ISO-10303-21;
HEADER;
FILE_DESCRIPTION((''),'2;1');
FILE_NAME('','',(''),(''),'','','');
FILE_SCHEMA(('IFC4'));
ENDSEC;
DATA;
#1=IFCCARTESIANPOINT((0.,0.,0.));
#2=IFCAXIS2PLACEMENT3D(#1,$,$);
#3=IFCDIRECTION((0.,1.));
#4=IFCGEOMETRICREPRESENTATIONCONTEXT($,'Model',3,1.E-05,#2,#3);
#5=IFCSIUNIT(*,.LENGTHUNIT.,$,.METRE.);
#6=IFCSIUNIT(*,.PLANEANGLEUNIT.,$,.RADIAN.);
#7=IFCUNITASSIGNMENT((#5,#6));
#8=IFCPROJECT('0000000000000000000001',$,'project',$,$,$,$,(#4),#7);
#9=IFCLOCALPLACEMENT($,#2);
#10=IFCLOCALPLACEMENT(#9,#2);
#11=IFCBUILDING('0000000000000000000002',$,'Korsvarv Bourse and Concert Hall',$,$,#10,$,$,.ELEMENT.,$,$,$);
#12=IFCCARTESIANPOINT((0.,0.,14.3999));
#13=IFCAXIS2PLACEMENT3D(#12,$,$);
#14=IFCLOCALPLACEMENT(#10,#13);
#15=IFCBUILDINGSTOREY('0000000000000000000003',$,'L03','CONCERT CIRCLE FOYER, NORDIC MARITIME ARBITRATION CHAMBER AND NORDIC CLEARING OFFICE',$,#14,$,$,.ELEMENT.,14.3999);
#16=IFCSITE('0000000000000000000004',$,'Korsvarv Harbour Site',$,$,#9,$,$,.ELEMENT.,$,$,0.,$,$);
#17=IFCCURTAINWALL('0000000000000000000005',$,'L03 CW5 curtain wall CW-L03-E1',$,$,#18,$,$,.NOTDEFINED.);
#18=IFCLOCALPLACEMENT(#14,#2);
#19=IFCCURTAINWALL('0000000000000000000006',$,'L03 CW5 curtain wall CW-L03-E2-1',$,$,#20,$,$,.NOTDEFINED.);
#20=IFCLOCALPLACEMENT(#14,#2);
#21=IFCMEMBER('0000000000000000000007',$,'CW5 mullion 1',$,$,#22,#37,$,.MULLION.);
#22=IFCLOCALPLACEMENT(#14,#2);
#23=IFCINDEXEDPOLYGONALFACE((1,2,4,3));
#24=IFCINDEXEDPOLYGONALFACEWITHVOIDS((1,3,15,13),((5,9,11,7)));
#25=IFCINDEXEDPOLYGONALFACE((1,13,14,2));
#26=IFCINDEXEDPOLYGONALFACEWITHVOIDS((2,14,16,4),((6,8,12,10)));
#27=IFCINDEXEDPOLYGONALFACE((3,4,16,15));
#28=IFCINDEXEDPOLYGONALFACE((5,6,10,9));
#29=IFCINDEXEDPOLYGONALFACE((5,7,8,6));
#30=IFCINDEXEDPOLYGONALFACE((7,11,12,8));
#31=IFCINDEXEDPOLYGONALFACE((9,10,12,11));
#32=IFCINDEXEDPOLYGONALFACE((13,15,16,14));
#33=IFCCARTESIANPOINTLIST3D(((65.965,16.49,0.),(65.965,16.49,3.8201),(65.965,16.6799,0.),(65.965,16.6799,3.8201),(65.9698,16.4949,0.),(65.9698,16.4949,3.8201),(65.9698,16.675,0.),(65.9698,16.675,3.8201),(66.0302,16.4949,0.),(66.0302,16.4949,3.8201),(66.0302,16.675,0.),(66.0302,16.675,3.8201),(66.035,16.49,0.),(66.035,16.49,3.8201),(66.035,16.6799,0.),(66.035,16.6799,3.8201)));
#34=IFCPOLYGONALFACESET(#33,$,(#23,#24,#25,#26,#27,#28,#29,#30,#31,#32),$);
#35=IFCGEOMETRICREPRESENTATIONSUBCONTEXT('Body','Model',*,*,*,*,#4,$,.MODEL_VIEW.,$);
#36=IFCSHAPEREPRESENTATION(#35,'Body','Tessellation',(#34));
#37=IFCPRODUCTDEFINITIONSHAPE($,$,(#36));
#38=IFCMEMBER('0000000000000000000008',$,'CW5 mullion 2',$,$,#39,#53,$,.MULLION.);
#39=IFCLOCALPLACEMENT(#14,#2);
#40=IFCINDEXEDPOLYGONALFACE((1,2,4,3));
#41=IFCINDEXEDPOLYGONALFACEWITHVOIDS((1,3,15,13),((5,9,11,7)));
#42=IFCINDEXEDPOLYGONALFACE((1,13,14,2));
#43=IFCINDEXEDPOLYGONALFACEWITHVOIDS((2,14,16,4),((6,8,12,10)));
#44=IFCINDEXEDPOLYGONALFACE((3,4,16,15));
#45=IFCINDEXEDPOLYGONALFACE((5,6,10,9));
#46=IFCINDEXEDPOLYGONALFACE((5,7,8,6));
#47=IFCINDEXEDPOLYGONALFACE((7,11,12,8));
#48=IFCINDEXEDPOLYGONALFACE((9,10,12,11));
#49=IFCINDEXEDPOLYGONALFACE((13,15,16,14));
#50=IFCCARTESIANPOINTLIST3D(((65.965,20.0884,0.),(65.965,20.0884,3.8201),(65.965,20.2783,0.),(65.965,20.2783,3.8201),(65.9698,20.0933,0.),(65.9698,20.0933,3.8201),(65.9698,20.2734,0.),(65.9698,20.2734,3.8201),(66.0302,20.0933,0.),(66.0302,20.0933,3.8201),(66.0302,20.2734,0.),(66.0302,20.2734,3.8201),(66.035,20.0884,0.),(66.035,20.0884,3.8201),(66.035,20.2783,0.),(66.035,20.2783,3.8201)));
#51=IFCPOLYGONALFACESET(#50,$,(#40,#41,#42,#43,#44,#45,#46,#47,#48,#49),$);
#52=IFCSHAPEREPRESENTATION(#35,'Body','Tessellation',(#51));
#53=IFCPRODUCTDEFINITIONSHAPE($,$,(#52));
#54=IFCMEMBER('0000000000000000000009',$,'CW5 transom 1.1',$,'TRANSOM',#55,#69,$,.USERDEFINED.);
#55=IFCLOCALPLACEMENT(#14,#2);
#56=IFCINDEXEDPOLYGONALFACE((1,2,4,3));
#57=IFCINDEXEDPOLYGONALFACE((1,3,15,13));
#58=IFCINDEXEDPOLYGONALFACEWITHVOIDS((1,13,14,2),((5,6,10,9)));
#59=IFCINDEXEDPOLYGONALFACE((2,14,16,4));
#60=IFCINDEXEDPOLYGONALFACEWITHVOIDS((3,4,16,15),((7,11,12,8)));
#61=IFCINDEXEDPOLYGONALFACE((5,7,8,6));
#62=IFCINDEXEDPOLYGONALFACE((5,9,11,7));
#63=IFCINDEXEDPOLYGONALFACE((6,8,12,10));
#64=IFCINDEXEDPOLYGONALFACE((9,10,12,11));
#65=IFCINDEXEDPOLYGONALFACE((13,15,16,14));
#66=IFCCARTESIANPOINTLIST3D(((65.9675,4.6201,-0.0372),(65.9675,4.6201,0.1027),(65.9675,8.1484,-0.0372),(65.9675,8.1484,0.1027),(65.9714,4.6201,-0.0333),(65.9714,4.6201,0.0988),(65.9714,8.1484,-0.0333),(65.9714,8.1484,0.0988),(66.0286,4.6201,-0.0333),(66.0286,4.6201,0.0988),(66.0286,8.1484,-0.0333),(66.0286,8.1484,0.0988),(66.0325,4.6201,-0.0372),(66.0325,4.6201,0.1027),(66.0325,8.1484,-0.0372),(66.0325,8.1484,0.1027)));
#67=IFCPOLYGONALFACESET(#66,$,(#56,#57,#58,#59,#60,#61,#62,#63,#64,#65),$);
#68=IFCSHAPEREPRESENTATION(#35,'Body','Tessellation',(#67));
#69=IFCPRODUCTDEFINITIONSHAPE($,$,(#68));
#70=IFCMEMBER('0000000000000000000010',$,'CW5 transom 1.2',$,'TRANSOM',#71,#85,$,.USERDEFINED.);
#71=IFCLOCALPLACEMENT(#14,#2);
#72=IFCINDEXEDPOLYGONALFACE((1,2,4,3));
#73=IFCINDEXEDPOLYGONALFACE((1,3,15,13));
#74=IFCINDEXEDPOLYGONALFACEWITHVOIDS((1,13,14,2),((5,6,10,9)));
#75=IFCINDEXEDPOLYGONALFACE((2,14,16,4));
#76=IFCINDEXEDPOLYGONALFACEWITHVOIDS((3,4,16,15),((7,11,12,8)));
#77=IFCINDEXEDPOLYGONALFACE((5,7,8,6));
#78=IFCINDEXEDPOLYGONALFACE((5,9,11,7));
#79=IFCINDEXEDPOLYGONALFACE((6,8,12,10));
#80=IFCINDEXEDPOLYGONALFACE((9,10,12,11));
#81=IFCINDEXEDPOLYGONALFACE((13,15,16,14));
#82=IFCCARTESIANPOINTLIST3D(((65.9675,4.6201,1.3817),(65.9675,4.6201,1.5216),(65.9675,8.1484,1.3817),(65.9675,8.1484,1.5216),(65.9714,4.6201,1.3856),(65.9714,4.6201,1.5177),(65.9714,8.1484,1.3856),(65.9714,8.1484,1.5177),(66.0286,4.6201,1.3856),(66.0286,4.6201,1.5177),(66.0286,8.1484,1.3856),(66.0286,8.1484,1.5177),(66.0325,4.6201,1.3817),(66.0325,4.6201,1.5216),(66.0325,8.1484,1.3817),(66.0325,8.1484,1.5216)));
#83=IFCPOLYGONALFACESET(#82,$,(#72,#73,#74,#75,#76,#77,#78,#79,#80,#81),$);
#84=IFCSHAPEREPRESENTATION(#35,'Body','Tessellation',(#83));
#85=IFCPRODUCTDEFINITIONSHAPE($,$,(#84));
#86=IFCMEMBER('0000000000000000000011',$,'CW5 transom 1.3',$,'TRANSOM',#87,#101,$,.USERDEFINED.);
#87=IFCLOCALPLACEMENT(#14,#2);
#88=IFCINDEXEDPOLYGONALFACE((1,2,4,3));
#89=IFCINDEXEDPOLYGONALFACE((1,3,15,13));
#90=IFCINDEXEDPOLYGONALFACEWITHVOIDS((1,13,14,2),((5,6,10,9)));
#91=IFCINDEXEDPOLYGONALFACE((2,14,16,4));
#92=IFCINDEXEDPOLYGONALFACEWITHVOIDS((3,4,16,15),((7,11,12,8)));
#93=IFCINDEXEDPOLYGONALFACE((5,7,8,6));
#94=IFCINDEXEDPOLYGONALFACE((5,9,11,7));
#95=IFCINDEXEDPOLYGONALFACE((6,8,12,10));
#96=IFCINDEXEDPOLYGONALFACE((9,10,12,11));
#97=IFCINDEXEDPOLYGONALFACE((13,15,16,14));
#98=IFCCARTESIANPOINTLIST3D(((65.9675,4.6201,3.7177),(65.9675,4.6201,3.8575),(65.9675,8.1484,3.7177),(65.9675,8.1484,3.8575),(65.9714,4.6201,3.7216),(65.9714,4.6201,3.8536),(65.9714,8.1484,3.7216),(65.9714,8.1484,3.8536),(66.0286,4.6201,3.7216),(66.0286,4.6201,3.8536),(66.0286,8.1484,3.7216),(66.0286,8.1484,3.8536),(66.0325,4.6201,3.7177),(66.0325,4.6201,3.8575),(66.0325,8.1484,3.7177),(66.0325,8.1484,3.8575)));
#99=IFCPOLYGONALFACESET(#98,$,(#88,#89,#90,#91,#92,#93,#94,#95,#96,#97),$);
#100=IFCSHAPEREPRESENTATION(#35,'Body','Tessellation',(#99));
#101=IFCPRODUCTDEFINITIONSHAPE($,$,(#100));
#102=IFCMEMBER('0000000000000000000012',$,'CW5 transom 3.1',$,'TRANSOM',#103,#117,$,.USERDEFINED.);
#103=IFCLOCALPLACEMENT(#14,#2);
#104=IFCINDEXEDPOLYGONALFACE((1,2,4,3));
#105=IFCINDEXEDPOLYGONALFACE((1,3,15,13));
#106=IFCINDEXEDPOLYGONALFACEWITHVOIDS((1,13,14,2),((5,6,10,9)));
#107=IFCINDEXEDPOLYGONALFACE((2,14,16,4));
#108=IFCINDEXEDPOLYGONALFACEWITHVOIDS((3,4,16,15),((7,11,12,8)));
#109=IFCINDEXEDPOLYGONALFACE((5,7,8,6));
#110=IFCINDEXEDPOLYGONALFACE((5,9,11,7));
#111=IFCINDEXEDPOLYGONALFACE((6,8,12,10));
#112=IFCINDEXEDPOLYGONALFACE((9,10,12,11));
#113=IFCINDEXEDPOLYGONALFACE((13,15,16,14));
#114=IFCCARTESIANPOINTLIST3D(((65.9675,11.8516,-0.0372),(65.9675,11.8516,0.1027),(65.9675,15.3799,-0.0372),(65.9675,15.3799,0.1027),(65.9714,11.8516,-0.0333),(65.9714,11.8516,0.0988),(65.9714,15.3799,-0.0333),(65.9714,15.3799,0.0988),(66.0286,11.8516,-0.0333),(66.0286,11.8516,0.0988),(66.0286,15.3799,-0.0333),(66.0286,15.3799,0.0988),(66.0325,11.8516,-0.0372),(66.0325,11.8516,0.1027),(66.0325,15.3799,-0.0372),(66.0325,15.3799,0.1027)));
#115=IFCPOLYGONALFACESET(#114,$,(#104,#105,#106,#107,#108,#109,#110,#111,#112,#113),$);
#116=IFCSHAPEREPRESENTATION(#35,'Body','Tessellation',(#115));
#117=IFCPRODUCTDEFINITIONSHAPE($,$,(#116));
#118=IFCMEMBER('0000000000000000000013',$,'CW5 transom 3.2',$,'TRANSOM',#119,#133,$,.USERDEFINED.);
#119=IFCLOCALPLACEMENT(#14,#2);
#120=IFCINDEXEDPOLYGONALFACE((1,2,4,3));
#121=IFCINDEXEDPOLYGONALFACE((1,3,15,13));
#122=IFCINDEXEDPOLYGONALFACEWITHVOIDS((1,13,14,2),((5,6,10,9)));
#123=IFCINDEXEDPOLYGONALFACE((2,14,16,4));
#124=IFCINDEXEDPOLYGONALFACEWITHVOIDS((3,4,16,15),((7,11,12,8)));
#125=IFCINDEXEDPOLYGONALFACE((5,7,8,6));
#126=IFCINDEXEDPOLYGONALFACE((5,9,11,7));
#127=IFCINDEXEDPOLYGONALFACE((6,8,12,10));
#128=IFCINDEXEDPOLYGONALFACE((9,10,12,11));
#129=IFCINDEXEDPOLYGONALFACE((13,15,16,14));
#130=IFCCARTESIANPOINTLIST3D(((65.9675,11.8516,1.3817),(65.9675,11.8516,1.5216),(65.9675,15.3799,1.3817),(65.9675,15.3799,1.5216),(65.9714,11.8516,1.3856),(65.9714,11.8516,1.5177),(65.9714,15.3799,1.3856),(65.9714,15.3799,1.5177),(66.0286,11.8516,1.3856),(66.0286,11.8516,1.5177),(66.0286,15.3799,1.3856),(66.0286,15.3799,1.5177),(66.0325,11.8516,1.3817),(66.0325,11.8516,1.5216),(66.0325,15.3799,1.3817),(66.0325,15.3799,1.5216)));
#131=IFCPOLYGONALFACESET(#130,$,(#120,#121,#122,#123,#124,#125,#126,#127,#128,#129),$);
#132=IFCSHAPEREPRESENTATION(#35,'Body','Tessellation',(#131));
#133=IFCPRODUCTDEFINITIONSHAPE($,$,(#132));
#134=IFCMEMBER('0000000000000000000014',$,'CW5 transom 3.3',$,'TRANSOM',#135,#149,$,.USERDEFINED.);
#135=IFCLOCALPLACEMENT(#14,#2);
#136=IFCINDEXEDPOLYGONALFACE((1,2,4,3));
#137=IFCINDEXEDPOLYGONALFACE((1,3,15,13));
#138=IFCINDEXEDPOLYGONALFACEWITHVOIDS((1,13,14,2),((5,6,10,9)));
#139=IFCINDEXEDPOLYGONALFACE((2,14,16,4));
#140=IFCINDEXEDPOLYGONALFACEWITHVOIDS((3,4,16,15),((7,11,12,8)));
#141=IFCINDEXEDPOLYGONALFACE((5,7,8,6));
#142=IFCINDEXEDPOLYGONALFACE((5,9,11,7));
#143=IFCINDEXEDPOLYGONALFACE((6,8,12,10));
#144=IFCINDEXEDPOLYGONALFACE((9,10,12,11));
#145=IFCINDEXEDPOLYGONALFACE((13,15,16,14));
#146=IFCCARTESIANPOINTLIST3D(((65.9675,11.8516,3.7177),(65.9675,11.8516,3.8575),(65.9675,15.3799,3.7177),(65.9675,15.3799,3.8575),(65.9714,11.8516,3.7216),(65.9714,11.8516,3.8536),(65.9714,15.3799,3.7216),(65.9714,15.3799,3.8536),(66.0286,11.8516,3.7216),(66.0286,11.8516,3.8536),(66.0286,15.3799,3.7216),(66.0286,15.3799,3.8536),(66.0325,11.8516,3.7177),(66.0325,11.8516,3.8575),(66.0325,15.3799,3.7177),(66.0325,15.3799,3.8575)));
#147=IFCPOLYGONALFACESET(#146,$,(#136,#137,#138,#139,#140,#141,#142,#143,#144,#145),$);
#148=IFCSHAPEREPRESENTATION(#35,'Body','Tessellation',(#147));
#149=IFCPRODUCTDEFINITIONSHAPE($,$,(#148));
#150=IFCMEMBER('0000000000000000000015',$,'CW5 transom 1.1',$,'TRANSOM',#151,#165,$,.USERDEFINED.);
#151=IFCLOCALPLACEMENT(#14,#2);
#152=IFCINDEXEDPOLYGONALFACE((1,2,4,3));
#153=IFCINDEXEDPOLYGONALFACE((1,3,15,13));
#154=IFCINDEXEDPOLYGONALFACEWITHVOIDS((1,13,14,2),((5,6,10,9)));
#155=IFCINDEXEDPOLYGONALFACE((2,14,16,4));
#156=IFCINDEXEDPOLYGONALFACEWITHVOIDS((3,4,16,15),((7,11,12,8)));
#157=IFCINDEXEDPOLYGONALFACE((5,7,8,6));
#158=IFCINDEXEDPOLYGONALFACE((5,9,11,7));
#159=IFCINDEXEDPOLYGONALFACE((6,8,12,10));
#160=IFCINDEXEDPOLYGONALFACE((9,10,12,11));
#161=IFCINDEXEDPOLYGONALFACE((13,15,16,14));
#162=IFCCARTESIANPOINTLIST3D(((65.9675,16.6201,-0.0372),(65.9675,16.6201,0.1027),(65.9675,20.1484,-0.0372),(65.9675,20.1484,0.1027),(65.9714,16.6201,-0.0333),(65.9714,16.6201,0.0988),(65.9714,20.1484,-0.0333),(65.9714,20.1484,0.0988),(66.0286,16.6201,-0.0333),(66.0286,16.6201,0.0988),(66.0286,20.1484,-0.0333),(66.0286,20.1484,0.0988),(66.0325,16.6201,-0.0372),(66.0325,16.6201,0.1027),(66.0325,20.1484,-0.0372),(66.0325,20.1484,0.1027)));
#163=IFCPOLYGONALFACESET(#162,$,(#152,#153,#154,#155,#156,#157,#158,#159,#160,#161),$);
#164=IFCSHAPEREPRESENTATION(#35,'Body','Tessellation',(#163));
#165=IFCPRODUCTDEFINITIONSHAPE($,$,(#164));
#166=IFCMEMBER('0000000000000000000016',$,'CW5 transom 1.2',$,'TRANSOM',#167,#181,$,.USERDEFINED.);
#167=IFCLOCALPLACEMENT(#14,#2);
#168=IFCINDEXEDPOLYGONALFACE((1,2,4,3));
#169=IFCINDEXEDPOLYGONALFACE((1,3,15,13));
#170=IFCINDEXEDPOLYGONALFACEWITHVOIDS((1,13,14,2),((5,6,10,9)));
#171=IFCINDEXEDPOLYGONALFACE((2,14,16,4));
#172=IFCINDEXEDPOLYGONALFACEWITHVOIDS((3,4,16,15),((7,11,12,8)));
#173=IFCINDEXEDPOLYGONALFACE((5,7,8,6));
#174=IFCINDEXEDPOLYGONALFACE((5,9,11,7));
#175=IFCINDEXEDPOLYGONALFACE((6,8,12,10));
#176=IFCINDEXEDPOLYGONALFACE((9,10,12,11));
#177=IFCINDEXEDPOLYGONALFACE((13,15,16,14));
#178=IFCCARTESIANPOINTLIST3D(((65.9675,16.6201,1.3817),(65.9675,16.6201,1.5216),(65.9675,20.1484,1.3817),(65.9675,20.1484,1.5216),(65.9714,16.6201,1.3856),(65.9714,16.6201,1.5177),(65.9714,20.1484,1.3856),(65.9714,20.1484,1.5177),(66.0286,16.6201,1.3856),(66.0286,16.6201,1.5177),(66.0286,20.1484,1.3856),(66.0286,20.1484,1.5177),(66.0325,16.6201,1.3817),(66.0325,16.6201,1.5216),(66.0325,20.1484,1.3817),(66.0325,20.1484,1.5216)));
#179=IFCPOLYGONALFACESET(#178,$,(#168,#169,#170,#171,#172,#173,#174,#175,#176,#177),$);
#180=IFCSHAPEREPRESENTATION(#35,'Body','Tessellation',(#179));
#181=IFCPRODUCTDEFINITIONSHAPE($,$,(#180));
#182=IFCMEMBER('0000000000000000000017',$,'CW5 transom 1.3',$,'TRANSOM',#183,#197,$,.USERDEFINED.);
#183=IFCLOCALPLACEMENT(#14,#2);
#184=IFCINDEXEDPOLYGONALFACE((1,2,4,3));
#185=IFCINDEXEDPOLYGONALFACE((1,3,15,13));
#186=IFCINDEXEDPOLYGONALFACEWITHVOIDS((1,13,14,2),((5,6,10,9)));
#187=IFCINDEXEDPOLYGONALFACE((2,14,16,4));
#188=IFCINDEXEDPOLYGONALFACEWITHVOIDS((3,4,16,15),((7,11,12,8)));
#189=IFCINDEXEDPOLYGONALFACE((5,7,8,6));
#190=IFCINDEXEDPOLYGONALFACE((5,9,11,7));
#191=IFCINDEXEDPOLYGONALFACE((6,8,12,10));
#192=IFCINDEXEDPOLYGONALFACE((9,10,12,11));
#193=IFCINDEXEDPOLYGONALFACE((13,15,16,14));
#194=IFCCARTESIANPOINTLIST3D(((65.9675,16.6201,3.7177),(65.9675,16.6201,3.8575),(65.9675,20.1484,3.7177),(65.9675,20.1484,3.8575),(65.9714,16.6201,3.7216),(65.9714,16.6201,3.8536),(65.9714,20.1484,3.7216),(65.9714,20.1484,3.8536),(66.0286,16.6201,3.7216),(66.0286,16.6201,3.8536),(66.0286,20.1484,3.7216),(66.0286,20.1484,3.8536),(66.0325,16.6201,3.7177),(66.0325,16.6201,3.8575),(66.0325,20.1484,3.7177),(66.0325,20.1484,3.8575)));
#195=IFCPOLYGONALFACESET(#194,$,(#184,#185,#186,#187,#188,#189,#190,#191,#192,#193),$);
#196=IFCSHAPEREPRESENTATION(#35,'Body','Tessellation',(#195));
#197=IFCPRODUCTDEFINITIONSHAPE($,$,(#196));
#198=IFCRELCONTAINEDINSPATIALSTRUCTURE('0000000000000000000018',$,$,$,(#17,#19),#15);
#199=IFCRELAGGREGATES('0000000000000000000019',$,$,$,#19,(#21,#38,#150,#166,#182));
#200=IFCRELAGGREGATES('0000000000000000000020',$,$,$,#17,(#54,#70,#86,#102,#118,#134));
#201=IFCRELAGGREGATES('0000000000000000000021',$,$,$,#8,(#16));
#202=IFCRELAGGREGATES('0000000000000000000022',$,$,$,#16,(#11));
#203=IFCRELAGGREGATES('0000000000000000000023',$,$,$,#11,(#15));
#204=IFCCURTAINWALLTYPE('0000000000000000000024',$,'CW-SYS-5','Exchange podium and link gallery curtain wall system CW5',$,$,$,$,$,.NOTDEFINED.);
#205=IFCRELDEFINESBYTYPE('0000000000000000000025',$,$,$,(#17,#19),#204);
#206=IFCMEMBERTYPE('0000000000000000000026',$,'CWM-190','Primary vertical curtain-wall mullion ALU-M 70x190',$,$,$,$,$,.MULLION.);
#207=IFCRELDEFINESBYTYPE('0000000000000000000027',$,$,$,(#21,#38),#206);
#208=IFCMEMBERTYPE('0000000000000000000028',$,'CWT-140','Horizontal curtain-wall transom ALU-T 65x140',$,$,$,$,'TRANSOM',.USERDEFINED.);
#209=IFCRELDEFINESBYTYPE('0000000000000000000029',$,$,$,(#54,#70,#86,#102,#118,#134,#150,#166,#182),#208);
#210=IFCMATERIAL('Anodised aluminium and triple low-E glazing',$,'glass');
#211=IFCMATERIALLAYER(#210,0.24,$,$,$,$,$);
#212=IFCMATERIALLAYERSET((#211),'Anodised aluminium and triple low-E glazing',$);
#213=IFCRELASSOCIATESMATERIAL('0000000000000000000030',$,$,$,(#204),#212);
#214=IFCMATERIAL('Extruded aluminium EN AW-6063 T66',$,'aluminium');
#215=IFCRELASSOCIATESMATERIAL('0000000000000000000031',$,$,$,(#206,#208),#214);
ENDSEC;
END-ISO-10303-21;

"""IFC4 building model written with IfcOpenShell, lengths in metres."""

from ifc_helpers import new_model, si_unit, direction, frame, origin, origin_2d, place, context, subcontext, project, spatial, hollow_rectangle, extrude, source, transform, mapped, material, layer, layer_set, material_profile, profile_set, type_object, element, aggregate, save


model = new_model("IFC4")

# Units and contexts
model_context = context("Model", 3, precision=1e-05, world=origin(), true_north=direction((0.0, 1.0)))
body_context = subcontext(model_context, "Body", "Model", "MODEL_VIEW")
ifc_project = project(units=[si_unit("LENGTHUNIT", "METRE"), si_unit("PLANEANGLEUNIT", "RADIAN")], contexts=[model_context])

# Site, building, storey
site_placement = place(None, origin())
site = spatial("IfcSite", under=ifc_project, at=site_placement, Name="Korsvarv Harbour Site", CompositionType="ELEMENT", RefElevation=0.0)
building_placement = place(site_placement, origin())
building = spatial("IfcBuilding", under=site, at=building_placement, Name="Korsvarv Bourse and Concert Hall", CompositionType="ELEMENT")
storey_placement = place(building_placement, frame((0.0, 0.0, 14.3999)))
storey = spatial("IfcBuildingStorey", under=building, at=storey_placement, Name="L03", Description="CONCERT CIRCLE FOYER, NORDIC MARITIME ARBITRATION CHAMBER AND NORDIC CLEARING OFFICE", CompositionType="ELEMENT", Elevation=14.3999)

# Curtain walls, members
ifc_material_1 = material(Name="Anodised aluminium and triple low-E glazing", Category="glass")
ifc_layer_1 = layer(ifc_material_1, 0.24)
ifc_layer_set_1 = layer_set([ifc_layer_1], Name="Anodised aluminium and triple low-E glazing")
curtain_wall_type = type_object("IfcCurtainWallType", Name="CW-SYS-5", Description="Exchange podium and link gallery curtain wall system CW5", PredefinedType="NOTDEFINED", material=ifc_layer_set_1)
curtain_wall_1_placement = place(storey_placement, origin())
curtain_wall_1 = element("IfcCurtainWall", 1, at=curtain_wall_1_placement, inside=storey, type_object=curtain_wall_type, Name="L03 CW5 curtain wall CW-L03-E1", PredefinedType="NOTDEFINED")
ifc_material_2 = material(Name="Extruded aluminium EN AW-6063 T66", Category="aluminium")
ifc_material_profile_1 = material_profile(ifc_material_2, hollow_rectangle(XDim=0.0701, YDim=0.1899, WallThickness=0.0049, at=origin_2d()), Name="ALU-M 70x190")
ifc_profile_set_1 = profile_set([ifc_material_profile_1], Name="Extruded aluminium EN AW-6063 T66")
member_type_1 = type_object("IfcMemberType", Name="CWM-190", Description="Primary vertical curtain-wall mullion ALU-M 70x190", PredefinedType="MULLION", material=ifc_profile_set_1)
shared_shape_1 = source(origin(), body_context, "Body", "SweptSolid", [
    extrude(hollow_rectangle(XDim=0.0701, YDim=0.1899, WallThickness=0.0049, at=origin_2d()), origin(), (0.0, 0.0, 1.0), 3.8201),
])
curtain_wall_2_placement = place(storey_placement, origin())
curtain_wall_2 = element("IfcCurtainWall", 2, at=curtain_wall_2_placement, inside=storey, type_object=curtain_wall_type, Name="L03 CW5 curtain wall CW-L03-E2-1", PredefinedType="NOTDEFINED")
member_1_placement = place(storey_placement, frame((66.0, 16.585, 0.0), z_axis=(0.0, 0.0, 1.0), x_axis=(-1.0, 0.0, 0.0)))
member_1 = element("IfcMember", 3, at=member_1_placement, type_object=member_type_1, Name="CW5 mullion 1", PredefinedType="MULLION", context=body_context, shape_type="MappedRepresentation", body=[
    mapped(shared_shape_1, transform((0.0, 0.0, 0.0), scale=1.0)),
])
member_2_placement = place(storey_placement, frame((66.0, 20.1833, 0.0), z_axis=(0.0, 0.0, 1.0), x_axis=(-1.0, 0.0, 0.0)))
member_2 = element("IfcMember", 4, at=member_2_placement, type_object=member_type_1, Name="CW5 mullion 2", PredefinedType="MULLION", context=body_context, shape_type="MappedRepresentation", body=[
    mapped(shared_shape_1, transform((0.0, 0.0, 0.0), scale=1.0)),
])

# Members
ifc_material_profile_2 = material_profile(ifc_material_2, hollow_rectangle(XDim=0.0649, YDim=0.1399, WallThickness=0.0039, at=origin_2d()), Name="ALU-T 65x140")
ifc_profile_set_2 = profile_set([ifc_material_profile_2], Name="Extruded aluminium EN AW-6063 T66")
member_type_2 = type_object("IfcMemberType", Name="CWT-140", Description="Horizontal curtain-wall transom ALU-T 65x140", ElementType="TRANSOM", PredefinedType="USERDEFINED", material=ifc_profile_set_2)
shared_shape_2 = source(origin(), body_context, "Body", "SweptSolid", [
    extrude(hollow_rectangle(XDim=0.0649, YDim=0.1399, WallThickness=0.0039, at=origin_2d()), origin(), (0.0, 0.0, 1.0), 3.5283),
])
member_3_placement = place(storey_placement, frame((66.0, 4.6201, 0.0327), z_axis=(0.0, 1.0, 0.0), x_axis=(-1.0, 0.0, 0.0)))
member_3 = element("IfcMember", 5, at=member_3_placement, type_object=member_type_2, Name="CW5 transom 1.1", ObjectType="TRANSOM", PredefinedType="USERDEFINED", context=body_context, shape_type="MappedRepresentation", body=[
    mapped(shared_shape_2, transform((0.0, 0.0, 0.0), scale=1.0)),
])
member_4_placement = place(storey_placement, frame((66.0, 4.6201, 1.4517), z_axis=(0.0, 1.0, 0.0), x_axis=(-1.0, 0.0, 0.0)))
member_4 = element("IfcMember", 6, at=member_4_placement, type_object=member_type_2, Name="CW5 transom 1.2", ObjectType="TRANSOM", PredefinedType="USERDEFINED", context=body_context, shape_type="MappedRepresentation", body=[
    mapped(shared_shape_2, transform((0.0, 0.0, 0.0), scale=1.0)),
])
member_5_placement = place(storey_placement, frame((66.0, 4.6201, 3.7876), z_axis=(0.0, 1.0, 0.0), x_axis=(-1.0, 0.0, 0.0)))
member_5 = element("IfcMember", 7, at=member_5_placement, type_object=member_type_2, Name="CW5 transom 1.3", ObjectType="TRANSOM", PredefinedType="USERDEFINED", context=body_context, shape_type="MappedRepresentation", body=[
    mapped(shared_shape_2, transform((0.0, 0.0, 0.0), scale=1.0)),
])
member_6_placement = place(storey_placement, frame((66.0, 11.8516, 0.0327), z_axis=(0.0, 1.0, 0.0), x_axis=(-1.0, 0.0, 0.0)))
member_6 = element("IfcMember", 8, at=member_6_placement, type_object=member_type_2, Name="CW5 transom 3.1", ObjectType="TRANSOM", PredefinedType="USERDEFINED", context=body_context, shape_type="MappedRepresentation", body=[
    mapped(shared_shape_2, transform((0.0, 0.0, 0.0), scale=1.0)),
])
member_7_placement = place(storey_placement, frame((66.0, 11.8516, 1.4517), z_axis=(0.0, 1.0, 0.0), x_axis=(-1.0, 0.0, 0.0)))
member_7 = element("IfcMember", 9, at=member_7_placement, type_object=member_type_2, Name="CW5 transom 3.2", ObjectType="TRANSOM", PredefinedType="USERDEFINED", context=body_context, shape_type="MappedRepresentation", body=[
    mapped(shared_shape_2, transform((0.0, 0.0, 0.0), scale=1.0)),
])
member_8_placement = place(storey_placement, frame((66.0, 11.8516, 3.7876), z_axis=(0.0, 1.0, 0.0), x_axis=(-1.0, 0.0, 0.0)))
member_8 = element("IfcMember", 10, at=member_8_placement, type_object=member_type_2, Name="CW5 transom 3.3", ObjectType="TRANSOM", PredefinedType="USERDEFINED", context=body_context, shape_type="MappedRepresentation", body=[
    mapped(shared_shape_2, transform((0.0, 0.0, 0.0), scale=1.0)),
])
member_9_placement = place(storey_placement, frame((66.0, 16.6201, 0.0327), z_axis=(0.0, 1.0, 0.0), x_axis=(-1.0, 0.0, 0.0)))
member_9 = element("IfcMember", 11, at=member_9_placement, type_object=member_type_2, Name="CW5 transom 1.1", ObjectType="TRANSOM", PredefinedType="USERDEFINED", context=body_context, shape_type="MappedRepresentation", body=[
    mapped(shared_shape_2, transform((0.0, 0.0, 0.0), scale=1.0)),
])
member_10_placement = place(storey_placement, frame((66.0, 16.6201, 1.4517), z_axis=(0.0, 1.0, 0.0), x_axis=(-1.0, 0.0, 0.0)))
member_10 = element("IfcMember", 12, at=member_10_placement, type_object=member_type_2, Name="CW5 transom 1.2", ObjectType="TRANSOM", PredefinedType="USERDEFINED", context=body_context, shape_type="MappedRepresentation", body=[
    mapped(shared_shape_2, transform((0.0, 0.0, 0.0), scale=1.0)),
])
member_11_placement = place(storey_placement, frame((66.0, 16.6201, 3.7876), z_axis=(0.0, 1.0, 0.0), x_axis=(-1.0, 0.0, 0.0)))
member_11 = element("IfcMember", 13, at=member_11_placement, type_object=member_type_2, Name="CW5 transom 1.3", ObjectType="TRANSOM", PredefinedType="USERDEFINED", context=body_context, shape_type="MappedRepresentation", body=[
    mapped(shared_shape_2, transform((0.0, 0.0, 0.0), scale=1.0)),
])

aggregate(curtain_wall_2, [member_1, member_2, member_9, member_10, member_11])
aggregate(curtain_wall_1, [member_3, member_4, member_5, member_6, member_7, member_8])

save(model, "model.ifc")
